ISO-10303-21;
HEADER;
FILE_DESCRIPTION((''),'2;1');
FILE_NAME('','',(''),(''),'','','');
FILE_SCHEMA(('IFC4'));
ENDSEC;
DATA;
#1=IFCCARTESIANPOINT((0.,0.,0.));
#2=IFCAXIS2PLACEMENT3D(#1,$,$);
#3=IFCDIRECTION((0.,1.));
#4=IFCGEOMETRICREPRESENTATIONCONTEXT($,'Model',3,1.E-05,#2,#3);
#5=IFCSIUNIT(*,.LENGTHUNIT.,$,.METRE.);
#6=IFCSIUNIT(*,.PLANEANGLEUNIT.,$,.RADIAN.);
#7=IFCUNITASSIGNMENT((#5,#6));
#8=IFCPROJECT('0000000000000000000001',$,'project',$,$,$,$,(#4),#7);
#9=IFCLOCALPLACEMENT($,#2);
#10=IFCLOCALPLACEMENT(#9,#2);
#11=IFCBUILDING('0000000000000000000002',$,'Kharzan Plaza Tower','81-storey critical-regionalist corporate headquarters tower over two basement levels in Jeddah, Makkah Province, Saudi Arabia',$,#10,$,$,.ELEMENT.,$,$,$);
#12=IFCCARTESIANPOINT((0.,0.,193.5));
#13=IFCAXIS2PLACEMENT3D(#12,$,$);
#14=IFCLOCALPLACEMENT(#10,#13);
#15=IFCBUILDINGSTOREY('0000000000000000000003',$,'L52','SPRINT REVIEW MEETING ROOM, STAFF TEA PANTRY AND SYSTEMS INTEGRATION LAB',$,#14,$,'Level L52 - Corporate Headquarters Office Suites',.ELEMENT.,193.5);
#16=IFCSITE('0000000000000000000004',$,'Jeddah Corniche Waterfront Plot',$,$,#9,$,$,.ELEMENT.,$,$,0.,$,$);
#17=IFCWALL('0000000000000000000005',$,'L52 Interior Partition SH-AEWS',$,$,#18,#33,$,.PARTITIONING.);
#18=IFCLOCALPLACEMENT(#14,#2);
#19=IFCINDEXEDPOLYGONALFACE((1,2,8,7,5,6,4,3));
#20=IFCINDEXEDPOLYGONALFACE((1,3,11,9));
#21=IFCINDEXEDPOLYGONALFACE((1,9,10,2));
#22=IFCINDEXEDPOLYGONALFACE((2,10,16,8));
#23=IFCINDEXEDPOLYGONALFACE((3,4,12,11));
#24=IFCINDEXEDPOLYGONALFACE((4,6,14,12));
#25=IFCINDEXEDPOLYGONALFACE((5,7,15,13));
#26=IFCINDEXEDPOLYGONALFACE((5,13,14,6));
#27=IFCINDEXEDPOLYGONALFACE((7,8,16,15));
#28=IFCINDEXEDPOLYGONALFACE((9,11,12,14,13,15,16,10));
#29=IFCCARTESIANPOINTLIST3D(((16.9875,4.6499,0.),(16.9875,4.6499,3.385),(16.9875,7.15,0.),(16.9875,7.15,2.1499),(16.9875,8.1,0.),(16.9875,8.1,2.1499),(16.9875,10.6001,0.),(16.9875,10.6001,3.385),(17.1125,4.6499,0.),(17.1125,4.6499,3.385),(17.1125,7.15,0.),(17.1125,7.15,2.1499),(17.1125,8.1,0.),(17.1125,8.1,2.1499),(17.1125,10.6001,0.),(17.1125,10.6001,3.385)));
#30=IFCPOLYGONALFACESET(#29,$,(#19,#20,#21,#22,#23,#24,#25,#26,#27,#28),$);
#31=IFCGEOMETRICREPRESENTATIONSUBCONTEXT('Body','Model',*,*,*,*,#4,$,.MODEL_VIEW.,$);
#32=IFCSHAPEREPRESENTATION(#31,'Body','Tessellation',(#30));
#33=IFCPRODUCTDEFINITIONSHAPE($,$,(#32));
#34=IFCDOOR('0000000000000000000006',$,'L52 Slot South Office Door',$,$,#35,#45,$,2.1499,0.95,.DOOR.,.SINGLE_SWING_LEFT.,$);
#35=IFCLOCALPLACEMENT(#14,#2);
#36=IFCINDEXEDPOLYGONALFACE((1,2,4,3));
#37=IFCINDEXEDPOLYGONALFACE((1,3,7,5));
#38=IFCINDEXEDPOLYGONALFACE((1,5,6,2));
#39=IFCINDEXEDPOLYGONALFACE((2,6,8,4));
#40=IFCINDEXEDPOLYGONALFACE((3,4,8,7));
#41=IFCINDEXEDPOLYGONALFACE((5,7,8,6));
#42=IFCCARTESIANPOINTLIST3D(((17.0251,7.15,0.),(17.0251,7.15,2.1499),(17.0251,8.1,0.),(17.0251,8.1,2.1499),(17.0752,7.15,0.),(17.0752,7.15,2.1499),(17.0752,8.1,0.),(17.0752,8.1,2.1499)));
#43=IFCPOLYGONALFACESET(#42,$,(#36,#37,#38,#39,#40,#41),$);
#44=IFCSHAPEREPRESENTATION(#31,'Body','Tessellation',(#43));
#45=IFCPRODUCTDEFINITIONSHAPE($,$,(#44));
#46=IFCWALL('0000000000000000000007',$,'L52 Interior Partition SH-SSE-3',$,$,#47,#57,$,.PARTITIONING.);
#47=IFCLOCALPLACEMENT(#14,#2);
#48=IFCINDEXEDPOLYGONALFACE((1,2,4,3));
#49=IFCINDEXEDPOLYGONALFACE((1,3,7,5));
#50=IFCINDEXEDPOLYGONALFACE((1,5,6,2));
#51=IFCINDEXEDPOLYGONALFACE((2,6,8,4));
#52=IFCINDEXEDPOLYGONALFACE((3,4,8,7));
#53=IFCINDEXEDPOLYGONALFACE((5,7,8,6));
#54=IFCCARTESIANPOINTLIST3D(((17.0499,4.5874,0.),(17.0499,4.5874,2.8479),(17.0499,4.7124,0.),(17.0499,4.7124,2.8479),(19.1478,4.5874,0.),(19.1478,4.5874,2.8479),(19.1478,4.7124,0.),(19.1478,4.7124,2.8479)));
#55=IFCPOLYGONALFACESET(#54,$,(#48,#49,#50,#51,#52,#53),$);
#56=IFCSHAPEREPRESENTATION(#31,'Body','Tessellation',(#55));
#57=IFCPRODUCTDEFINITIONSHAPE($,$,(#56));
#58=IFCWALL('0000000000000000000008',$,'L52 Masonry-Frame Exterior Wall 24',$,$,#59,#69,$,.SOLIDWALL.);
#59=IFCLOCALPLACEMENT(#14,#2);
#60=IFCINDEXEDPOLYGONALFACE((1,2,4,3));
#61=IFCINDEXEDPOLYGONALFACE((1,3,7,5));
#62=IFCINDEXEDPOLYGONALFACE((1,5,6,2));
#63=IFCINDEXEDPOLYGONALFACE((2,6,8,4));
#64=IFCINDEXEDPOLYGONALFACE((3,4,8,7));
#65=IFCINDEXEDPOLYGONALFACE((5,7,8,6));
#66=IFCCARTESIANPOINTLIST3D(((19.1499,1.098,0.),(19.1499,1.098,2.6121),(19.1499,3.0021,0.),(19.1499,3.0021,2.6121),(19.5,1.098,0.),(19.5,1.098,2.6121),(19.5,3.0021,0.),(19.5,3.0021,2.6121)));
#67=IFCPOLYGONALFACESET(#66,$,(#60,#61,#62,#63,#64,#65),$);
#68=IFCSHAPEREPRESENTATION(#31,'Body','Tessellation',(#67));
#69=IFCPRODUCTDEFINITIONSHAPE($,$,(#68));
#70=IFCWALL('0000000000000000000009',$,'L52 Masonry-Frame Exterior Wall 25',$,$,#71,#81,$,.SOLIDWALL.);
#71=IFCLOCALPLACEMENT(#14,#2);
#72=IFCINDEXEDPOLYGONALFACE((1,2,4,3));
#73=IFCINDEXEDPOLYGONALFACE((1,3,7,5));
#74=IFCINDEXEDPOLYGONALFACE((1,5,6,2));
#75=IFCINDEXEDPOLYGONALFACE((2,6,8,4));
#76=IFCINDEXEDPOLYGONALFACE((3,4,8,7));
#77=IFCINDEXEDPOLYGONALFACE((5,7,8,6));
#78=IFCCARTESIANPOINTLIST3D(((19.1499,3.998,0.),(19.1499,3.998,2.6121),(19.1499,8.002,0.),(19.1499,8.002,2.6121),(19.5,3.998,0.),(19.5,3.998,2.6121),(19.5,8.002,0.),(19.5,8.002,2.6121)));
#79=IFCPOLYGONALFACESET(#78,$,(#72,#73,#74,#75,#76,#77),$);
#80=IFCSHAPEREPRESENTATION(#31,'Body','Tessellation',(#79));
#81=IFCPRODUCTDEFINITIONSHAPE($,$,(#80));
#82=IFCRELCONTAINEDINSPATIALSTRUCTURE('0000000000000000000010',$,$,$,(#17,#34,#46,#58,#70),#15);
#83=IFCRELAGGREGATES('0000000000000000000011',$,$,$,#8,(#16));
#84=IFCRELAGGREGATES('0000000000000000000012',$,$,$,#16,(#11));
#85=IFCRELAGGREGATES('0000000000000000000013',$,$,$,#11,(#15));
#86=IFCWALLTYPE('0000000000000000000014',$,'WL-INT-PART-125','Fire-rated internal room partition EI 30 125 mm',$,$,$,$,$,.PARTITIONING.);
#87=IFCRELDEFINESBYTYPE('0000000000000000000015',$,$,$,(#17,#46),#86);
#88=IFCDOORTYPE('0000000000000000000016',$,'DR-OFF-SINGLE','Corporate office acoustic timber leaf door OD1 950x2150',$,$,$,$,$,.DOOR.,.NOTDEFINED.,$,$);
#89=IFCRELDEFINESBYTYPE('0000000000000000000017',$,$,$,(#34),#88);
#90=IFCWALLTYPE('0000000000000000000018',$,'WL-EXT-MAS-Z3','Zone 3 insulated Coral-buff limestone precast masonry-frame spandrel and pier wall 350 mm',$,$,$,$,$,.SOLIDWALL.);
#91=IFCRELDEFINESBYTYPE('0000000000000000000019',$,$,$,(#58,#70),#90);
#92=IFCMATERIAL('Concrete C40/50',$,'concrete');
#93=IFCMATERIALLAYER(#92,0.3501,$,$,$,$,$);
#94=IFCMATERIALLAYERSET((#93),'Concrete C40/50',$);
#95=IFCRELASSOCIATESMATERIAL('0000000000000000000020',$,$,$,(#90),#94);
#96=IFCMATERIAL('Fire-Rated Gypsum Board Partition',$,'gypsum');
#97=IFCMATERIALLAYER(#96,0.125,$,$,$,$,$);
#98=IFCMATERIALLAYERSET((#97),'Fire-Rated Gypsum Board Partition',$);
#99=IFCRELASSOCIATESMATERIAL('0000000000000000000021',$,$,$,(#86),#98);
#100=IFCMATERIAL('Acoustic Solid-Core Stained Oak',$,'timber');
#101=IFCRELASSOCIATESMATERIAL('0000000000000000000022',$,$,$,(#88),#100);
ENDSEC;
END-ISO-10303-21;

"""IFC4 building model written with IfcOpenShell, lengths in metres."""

from ifc_helpers import new_model, si_unit, direction, frame, frame_2d, origin, place, context, subcontext, project, spatial, rectangle, extrude, source, transform, mapped, material, layer, layer_set, type_object, element, fill, save


model = new_model("IFC4")

# Units and contexts
model_context = context("Model", 3, precision=1e-05, world=origin(), true_north=direction((0.0, 1.0)))
body_context = subcontext(model_context, "Body", "Model", "MODEL_VIEW")
ifc_project = project(units=[si_unit("LENGTHUNIT", "METRE"), si_unit("PLANEANGLEUNIT", "RADIAN")], contexts=[model_context])

# Site, building, storey
site_placement = place(None, origin())
site = spatial("IfcSite", under=ifc_project, at=site_placement, Name="Jeddah Corniche Waterfront Plot", CompositionType="ELEMENT", RefElevation=0.0)
building_placement = place(site_placement, origin())
building = spatial("IfcBuilding", under=site, at=building_placement, Name="Kharzan Plaza Tower", Description="81-storey critical-regionalist corporate headquarters tower over two basement levels in Jeddah, Makkah Province, Saudi Arabia", CompositionType="ELEMENT")
storey_placement = place(building_placement, frame((0.0, 0.0, 193.5)))
storey = spatial("IfcBuildingStorey", under=building, at=storey_placement, Name="L52", Description="SPRINT REVIEW MEETING ROOM, STAFF TEA PANTRY AND SYSTEMS INTEGRATION LAB", LongName="Level L52 - Corporate Headquarters Office Suites", CompositionType="ELEMENT", Elevation=193.5)

# Shared definitions
ifc_material_1 = material(Name="Concrete C40/50", Category="concrete")
ifc_layer_1 = layer(ifc_material_1, 0.3501)
ifc_layer_set_1 = layer_set([ifc_layer_1], Name="Concrete C40/50")
wall_type_1 = type_object("IfcWallType", Name="WL-EXT-MAS-Z3", Description="Zone 3 insulated Coral-buff limestone precast masonry-frame spandrel and pier wall 350 mm", PredefinedType="SOLIDWALL", material=ifc_layer_set_1)

# Wall, opening, door
ifc_material_2 = material(Name="Fire-Rated Gypsum Board Partition", Category="gypsum")
ifc_layer_2 = layer(ifc_material_2, 0.125)
ifc_layer_set_2 = layer_set([ifc_layer_2], Name="Fire-Rated Gypsum Board Partition")
wall_type_2 = type_object("IfcWallType", Name="WL-INT-PART-125", Description="Fire-rated internal room partition EI 30 125 mm", PredefinedType="PARTITIONING", material=ifc_layer_set_2)
wall_1_placement = place(storey_placement, frame((17.05, 4.6499, 0.0), z_axis=(0.0, 0.0, 1.0), x_axis=(0.0, 1.0, 0.0)))
wall_1 = element("IfcWall", 1, at=wall_1_placement, inside=storey, type_object=wall_type_2, Name="L52 Interior Partition SH-AEWS", PredefinedType="PARTITIONING", context=body_context, shape_type="SweptSolid", body=[
    extrude(rectangle(XDim=5.9502, YDim=0.125, at=frame_2d((2.9751, 0.0))), origin(), (0.0, 0.0, 1.0), 3.385),
])
opening_1_placement = place(wall_1_placement, frame((2.5, 0.0, 0.0)))
opening_1 = element("IfcOpeningElement", 2, at=opening_1_placement, cuts=wall_1, PredefinedType="OPENING", context=body_context, shape_type="SweptSolid", body=[
    extrude(rectangle(XDim=0.95, YDim=2.1499, at=frame_2d((0.4751, 1.075))), frame((0.0, 0.0725, 0.0), z_axis=(0.0, -1.0, 0.0), x_axis=(1.0, 0.0, 0.0)), (0.0, 0.0, 1.0), 0.145),
])
ifc_material_3 = material(Name="Acoustic Solid-Core Stained Oak", Category="timber")
door_type_1 = type_object("IfcDoorType", Name="DR-OFF-SINGLE", Description="Corporate office acoustic timber leaf door OD1 950x2150", OperationType="NOTDEFINED", PredefinedType="DOOR", material=ifc_material_3)
shared_shape_1 = source(origin(), body_context, "Body", "SweptSolid", [
    extrude(rectangle(XDim=0.95, YDim=2.1499, at=frame_2d((0.4751, 1.075))), frame((0.0, 0.0249, 0.0), z_axis=(0.0, -1.0, 0.0), x_axis=(1.0, 0.0, 0.0)), (0.0, 0.0, 1.0), 0.05),
])
door_1_placement = place(opening_1_placement, origin())
door_1 = element("IfcDoor", 3, at=door_1_placement, inside=storey, type_object=door_type_1, Name="L52 Slot South Office Door", OperationType="SINGLE_SWING_LEFT", OverallHeight=2.1499, OverallWidth=0.95, PredefinedType="DOOR", context=body_context, shape_type="MappedRepresentation", body=[
    mapped(shared_shape_1, transform((0.0, 0.0, 0.0), x_axis=(1.0, 0.0, 0.0), y_axis=(0.0, 1.0, 0.0), z_axis=(0.0, 0.0, 1.0))),
])
fill(opening_1, door_1)

# Walls
shared_shape_2 = source(origin(), body_context, "Body", "SweptSolid", [
    extrude(rectangle(XDim=2.0979, YDim=0.125, at=frame_2d((1.0488, 0.0))), origin(), (0.0, 0.0, 1.0), 2.8479),
])
wall_2_placement = place(storey_placement, frame((17.05, 4.6499, 0.0), z_axis=(0.0, 0.0, 1.0), x_axis=(1.0, 0.0, 0.0)))
element("IfcWall", 4, at=wall_2_placement, inside=storey, type_object=wall_type_2, Name="L52 Interior Partition SH-SSE-3", PredefinedType="PARTITIONING", context=body_context, shape_type="MappedRepresentation", body=[
    mapped(shared_shape_2, transform((0.0, 0.0, 0.0), x_axis=(1.0, 0.0, 0.0), y_axis=(0.0, 1.0, 0.0), z_axis=(0.0, 0.0, 1.0))),
])
shared_shape_3 = source(origin(), body_context, "Body", "SweptSolid", [
    extrude(rectangle(XDim=1.9041, YDim=0.3501, at=frame_2d((0.9521, 0.0))), origin(), (0.0, 0.0, 1.0), 2.6121),
])
wall_3_placement = place(storey_placement, frame((19.325, 1.0979, 0.0), z_axis=(0.0, 0.0, 1.0), x_axis=(0.0, 1.0, 0.0)))
element("IfcWall", 5, at=wall_3_placement, inside=storey, type_object=wall_type_1, Name="L52 Masonry-Frame Exterior Wall 24", PredefinedType="SOLIDWALL", context=body_context, shape_type="MappedRepresentation", body=[
    mapped(shared_shape_3, transform((0.0, 0.0, 0.0), x_axis=(1.0, 0.0, 0.0), y_axis=(0.0, 1.0, 0.0), z_axis=(0.0, 0.0, 1.0))),
])
shared_shape_4 = source(origin(), body_context, "Body", "SweptSolid", [
    extrude(rectangle(XDim=4.0039, YDim=0.3501, at=frame_2d((2.002, 0.0))), origin(), (0.0, 0.0, 1.0), 2.6121),
])
wall_4_placement = place(storey_placement, frame((19.325, 3.998, 0.0), z_axis=(0.0, 0.0, 1.0), x_axis=(0.0, 1.0, 0.0)))
element("IfcWall", 6, at=wall_4_placement, inside=storey, type_object=wall_type_1, Name="L52 Masonry-Frame Exterior Wall 25", PredefinedType="SOLIDWALL", context=body_context, shape_type="MappedRepresentation", body=[
    mapped(shared_shape_4, transform((0.0, 0.0, 0.0), x_axis=(1.0, 0.0, 0.0), y_axis=(0.0, 1.0, 0.0), z_axis=(0.0, 0.0, 1.0))),
])

save(model, "model.ifc")
